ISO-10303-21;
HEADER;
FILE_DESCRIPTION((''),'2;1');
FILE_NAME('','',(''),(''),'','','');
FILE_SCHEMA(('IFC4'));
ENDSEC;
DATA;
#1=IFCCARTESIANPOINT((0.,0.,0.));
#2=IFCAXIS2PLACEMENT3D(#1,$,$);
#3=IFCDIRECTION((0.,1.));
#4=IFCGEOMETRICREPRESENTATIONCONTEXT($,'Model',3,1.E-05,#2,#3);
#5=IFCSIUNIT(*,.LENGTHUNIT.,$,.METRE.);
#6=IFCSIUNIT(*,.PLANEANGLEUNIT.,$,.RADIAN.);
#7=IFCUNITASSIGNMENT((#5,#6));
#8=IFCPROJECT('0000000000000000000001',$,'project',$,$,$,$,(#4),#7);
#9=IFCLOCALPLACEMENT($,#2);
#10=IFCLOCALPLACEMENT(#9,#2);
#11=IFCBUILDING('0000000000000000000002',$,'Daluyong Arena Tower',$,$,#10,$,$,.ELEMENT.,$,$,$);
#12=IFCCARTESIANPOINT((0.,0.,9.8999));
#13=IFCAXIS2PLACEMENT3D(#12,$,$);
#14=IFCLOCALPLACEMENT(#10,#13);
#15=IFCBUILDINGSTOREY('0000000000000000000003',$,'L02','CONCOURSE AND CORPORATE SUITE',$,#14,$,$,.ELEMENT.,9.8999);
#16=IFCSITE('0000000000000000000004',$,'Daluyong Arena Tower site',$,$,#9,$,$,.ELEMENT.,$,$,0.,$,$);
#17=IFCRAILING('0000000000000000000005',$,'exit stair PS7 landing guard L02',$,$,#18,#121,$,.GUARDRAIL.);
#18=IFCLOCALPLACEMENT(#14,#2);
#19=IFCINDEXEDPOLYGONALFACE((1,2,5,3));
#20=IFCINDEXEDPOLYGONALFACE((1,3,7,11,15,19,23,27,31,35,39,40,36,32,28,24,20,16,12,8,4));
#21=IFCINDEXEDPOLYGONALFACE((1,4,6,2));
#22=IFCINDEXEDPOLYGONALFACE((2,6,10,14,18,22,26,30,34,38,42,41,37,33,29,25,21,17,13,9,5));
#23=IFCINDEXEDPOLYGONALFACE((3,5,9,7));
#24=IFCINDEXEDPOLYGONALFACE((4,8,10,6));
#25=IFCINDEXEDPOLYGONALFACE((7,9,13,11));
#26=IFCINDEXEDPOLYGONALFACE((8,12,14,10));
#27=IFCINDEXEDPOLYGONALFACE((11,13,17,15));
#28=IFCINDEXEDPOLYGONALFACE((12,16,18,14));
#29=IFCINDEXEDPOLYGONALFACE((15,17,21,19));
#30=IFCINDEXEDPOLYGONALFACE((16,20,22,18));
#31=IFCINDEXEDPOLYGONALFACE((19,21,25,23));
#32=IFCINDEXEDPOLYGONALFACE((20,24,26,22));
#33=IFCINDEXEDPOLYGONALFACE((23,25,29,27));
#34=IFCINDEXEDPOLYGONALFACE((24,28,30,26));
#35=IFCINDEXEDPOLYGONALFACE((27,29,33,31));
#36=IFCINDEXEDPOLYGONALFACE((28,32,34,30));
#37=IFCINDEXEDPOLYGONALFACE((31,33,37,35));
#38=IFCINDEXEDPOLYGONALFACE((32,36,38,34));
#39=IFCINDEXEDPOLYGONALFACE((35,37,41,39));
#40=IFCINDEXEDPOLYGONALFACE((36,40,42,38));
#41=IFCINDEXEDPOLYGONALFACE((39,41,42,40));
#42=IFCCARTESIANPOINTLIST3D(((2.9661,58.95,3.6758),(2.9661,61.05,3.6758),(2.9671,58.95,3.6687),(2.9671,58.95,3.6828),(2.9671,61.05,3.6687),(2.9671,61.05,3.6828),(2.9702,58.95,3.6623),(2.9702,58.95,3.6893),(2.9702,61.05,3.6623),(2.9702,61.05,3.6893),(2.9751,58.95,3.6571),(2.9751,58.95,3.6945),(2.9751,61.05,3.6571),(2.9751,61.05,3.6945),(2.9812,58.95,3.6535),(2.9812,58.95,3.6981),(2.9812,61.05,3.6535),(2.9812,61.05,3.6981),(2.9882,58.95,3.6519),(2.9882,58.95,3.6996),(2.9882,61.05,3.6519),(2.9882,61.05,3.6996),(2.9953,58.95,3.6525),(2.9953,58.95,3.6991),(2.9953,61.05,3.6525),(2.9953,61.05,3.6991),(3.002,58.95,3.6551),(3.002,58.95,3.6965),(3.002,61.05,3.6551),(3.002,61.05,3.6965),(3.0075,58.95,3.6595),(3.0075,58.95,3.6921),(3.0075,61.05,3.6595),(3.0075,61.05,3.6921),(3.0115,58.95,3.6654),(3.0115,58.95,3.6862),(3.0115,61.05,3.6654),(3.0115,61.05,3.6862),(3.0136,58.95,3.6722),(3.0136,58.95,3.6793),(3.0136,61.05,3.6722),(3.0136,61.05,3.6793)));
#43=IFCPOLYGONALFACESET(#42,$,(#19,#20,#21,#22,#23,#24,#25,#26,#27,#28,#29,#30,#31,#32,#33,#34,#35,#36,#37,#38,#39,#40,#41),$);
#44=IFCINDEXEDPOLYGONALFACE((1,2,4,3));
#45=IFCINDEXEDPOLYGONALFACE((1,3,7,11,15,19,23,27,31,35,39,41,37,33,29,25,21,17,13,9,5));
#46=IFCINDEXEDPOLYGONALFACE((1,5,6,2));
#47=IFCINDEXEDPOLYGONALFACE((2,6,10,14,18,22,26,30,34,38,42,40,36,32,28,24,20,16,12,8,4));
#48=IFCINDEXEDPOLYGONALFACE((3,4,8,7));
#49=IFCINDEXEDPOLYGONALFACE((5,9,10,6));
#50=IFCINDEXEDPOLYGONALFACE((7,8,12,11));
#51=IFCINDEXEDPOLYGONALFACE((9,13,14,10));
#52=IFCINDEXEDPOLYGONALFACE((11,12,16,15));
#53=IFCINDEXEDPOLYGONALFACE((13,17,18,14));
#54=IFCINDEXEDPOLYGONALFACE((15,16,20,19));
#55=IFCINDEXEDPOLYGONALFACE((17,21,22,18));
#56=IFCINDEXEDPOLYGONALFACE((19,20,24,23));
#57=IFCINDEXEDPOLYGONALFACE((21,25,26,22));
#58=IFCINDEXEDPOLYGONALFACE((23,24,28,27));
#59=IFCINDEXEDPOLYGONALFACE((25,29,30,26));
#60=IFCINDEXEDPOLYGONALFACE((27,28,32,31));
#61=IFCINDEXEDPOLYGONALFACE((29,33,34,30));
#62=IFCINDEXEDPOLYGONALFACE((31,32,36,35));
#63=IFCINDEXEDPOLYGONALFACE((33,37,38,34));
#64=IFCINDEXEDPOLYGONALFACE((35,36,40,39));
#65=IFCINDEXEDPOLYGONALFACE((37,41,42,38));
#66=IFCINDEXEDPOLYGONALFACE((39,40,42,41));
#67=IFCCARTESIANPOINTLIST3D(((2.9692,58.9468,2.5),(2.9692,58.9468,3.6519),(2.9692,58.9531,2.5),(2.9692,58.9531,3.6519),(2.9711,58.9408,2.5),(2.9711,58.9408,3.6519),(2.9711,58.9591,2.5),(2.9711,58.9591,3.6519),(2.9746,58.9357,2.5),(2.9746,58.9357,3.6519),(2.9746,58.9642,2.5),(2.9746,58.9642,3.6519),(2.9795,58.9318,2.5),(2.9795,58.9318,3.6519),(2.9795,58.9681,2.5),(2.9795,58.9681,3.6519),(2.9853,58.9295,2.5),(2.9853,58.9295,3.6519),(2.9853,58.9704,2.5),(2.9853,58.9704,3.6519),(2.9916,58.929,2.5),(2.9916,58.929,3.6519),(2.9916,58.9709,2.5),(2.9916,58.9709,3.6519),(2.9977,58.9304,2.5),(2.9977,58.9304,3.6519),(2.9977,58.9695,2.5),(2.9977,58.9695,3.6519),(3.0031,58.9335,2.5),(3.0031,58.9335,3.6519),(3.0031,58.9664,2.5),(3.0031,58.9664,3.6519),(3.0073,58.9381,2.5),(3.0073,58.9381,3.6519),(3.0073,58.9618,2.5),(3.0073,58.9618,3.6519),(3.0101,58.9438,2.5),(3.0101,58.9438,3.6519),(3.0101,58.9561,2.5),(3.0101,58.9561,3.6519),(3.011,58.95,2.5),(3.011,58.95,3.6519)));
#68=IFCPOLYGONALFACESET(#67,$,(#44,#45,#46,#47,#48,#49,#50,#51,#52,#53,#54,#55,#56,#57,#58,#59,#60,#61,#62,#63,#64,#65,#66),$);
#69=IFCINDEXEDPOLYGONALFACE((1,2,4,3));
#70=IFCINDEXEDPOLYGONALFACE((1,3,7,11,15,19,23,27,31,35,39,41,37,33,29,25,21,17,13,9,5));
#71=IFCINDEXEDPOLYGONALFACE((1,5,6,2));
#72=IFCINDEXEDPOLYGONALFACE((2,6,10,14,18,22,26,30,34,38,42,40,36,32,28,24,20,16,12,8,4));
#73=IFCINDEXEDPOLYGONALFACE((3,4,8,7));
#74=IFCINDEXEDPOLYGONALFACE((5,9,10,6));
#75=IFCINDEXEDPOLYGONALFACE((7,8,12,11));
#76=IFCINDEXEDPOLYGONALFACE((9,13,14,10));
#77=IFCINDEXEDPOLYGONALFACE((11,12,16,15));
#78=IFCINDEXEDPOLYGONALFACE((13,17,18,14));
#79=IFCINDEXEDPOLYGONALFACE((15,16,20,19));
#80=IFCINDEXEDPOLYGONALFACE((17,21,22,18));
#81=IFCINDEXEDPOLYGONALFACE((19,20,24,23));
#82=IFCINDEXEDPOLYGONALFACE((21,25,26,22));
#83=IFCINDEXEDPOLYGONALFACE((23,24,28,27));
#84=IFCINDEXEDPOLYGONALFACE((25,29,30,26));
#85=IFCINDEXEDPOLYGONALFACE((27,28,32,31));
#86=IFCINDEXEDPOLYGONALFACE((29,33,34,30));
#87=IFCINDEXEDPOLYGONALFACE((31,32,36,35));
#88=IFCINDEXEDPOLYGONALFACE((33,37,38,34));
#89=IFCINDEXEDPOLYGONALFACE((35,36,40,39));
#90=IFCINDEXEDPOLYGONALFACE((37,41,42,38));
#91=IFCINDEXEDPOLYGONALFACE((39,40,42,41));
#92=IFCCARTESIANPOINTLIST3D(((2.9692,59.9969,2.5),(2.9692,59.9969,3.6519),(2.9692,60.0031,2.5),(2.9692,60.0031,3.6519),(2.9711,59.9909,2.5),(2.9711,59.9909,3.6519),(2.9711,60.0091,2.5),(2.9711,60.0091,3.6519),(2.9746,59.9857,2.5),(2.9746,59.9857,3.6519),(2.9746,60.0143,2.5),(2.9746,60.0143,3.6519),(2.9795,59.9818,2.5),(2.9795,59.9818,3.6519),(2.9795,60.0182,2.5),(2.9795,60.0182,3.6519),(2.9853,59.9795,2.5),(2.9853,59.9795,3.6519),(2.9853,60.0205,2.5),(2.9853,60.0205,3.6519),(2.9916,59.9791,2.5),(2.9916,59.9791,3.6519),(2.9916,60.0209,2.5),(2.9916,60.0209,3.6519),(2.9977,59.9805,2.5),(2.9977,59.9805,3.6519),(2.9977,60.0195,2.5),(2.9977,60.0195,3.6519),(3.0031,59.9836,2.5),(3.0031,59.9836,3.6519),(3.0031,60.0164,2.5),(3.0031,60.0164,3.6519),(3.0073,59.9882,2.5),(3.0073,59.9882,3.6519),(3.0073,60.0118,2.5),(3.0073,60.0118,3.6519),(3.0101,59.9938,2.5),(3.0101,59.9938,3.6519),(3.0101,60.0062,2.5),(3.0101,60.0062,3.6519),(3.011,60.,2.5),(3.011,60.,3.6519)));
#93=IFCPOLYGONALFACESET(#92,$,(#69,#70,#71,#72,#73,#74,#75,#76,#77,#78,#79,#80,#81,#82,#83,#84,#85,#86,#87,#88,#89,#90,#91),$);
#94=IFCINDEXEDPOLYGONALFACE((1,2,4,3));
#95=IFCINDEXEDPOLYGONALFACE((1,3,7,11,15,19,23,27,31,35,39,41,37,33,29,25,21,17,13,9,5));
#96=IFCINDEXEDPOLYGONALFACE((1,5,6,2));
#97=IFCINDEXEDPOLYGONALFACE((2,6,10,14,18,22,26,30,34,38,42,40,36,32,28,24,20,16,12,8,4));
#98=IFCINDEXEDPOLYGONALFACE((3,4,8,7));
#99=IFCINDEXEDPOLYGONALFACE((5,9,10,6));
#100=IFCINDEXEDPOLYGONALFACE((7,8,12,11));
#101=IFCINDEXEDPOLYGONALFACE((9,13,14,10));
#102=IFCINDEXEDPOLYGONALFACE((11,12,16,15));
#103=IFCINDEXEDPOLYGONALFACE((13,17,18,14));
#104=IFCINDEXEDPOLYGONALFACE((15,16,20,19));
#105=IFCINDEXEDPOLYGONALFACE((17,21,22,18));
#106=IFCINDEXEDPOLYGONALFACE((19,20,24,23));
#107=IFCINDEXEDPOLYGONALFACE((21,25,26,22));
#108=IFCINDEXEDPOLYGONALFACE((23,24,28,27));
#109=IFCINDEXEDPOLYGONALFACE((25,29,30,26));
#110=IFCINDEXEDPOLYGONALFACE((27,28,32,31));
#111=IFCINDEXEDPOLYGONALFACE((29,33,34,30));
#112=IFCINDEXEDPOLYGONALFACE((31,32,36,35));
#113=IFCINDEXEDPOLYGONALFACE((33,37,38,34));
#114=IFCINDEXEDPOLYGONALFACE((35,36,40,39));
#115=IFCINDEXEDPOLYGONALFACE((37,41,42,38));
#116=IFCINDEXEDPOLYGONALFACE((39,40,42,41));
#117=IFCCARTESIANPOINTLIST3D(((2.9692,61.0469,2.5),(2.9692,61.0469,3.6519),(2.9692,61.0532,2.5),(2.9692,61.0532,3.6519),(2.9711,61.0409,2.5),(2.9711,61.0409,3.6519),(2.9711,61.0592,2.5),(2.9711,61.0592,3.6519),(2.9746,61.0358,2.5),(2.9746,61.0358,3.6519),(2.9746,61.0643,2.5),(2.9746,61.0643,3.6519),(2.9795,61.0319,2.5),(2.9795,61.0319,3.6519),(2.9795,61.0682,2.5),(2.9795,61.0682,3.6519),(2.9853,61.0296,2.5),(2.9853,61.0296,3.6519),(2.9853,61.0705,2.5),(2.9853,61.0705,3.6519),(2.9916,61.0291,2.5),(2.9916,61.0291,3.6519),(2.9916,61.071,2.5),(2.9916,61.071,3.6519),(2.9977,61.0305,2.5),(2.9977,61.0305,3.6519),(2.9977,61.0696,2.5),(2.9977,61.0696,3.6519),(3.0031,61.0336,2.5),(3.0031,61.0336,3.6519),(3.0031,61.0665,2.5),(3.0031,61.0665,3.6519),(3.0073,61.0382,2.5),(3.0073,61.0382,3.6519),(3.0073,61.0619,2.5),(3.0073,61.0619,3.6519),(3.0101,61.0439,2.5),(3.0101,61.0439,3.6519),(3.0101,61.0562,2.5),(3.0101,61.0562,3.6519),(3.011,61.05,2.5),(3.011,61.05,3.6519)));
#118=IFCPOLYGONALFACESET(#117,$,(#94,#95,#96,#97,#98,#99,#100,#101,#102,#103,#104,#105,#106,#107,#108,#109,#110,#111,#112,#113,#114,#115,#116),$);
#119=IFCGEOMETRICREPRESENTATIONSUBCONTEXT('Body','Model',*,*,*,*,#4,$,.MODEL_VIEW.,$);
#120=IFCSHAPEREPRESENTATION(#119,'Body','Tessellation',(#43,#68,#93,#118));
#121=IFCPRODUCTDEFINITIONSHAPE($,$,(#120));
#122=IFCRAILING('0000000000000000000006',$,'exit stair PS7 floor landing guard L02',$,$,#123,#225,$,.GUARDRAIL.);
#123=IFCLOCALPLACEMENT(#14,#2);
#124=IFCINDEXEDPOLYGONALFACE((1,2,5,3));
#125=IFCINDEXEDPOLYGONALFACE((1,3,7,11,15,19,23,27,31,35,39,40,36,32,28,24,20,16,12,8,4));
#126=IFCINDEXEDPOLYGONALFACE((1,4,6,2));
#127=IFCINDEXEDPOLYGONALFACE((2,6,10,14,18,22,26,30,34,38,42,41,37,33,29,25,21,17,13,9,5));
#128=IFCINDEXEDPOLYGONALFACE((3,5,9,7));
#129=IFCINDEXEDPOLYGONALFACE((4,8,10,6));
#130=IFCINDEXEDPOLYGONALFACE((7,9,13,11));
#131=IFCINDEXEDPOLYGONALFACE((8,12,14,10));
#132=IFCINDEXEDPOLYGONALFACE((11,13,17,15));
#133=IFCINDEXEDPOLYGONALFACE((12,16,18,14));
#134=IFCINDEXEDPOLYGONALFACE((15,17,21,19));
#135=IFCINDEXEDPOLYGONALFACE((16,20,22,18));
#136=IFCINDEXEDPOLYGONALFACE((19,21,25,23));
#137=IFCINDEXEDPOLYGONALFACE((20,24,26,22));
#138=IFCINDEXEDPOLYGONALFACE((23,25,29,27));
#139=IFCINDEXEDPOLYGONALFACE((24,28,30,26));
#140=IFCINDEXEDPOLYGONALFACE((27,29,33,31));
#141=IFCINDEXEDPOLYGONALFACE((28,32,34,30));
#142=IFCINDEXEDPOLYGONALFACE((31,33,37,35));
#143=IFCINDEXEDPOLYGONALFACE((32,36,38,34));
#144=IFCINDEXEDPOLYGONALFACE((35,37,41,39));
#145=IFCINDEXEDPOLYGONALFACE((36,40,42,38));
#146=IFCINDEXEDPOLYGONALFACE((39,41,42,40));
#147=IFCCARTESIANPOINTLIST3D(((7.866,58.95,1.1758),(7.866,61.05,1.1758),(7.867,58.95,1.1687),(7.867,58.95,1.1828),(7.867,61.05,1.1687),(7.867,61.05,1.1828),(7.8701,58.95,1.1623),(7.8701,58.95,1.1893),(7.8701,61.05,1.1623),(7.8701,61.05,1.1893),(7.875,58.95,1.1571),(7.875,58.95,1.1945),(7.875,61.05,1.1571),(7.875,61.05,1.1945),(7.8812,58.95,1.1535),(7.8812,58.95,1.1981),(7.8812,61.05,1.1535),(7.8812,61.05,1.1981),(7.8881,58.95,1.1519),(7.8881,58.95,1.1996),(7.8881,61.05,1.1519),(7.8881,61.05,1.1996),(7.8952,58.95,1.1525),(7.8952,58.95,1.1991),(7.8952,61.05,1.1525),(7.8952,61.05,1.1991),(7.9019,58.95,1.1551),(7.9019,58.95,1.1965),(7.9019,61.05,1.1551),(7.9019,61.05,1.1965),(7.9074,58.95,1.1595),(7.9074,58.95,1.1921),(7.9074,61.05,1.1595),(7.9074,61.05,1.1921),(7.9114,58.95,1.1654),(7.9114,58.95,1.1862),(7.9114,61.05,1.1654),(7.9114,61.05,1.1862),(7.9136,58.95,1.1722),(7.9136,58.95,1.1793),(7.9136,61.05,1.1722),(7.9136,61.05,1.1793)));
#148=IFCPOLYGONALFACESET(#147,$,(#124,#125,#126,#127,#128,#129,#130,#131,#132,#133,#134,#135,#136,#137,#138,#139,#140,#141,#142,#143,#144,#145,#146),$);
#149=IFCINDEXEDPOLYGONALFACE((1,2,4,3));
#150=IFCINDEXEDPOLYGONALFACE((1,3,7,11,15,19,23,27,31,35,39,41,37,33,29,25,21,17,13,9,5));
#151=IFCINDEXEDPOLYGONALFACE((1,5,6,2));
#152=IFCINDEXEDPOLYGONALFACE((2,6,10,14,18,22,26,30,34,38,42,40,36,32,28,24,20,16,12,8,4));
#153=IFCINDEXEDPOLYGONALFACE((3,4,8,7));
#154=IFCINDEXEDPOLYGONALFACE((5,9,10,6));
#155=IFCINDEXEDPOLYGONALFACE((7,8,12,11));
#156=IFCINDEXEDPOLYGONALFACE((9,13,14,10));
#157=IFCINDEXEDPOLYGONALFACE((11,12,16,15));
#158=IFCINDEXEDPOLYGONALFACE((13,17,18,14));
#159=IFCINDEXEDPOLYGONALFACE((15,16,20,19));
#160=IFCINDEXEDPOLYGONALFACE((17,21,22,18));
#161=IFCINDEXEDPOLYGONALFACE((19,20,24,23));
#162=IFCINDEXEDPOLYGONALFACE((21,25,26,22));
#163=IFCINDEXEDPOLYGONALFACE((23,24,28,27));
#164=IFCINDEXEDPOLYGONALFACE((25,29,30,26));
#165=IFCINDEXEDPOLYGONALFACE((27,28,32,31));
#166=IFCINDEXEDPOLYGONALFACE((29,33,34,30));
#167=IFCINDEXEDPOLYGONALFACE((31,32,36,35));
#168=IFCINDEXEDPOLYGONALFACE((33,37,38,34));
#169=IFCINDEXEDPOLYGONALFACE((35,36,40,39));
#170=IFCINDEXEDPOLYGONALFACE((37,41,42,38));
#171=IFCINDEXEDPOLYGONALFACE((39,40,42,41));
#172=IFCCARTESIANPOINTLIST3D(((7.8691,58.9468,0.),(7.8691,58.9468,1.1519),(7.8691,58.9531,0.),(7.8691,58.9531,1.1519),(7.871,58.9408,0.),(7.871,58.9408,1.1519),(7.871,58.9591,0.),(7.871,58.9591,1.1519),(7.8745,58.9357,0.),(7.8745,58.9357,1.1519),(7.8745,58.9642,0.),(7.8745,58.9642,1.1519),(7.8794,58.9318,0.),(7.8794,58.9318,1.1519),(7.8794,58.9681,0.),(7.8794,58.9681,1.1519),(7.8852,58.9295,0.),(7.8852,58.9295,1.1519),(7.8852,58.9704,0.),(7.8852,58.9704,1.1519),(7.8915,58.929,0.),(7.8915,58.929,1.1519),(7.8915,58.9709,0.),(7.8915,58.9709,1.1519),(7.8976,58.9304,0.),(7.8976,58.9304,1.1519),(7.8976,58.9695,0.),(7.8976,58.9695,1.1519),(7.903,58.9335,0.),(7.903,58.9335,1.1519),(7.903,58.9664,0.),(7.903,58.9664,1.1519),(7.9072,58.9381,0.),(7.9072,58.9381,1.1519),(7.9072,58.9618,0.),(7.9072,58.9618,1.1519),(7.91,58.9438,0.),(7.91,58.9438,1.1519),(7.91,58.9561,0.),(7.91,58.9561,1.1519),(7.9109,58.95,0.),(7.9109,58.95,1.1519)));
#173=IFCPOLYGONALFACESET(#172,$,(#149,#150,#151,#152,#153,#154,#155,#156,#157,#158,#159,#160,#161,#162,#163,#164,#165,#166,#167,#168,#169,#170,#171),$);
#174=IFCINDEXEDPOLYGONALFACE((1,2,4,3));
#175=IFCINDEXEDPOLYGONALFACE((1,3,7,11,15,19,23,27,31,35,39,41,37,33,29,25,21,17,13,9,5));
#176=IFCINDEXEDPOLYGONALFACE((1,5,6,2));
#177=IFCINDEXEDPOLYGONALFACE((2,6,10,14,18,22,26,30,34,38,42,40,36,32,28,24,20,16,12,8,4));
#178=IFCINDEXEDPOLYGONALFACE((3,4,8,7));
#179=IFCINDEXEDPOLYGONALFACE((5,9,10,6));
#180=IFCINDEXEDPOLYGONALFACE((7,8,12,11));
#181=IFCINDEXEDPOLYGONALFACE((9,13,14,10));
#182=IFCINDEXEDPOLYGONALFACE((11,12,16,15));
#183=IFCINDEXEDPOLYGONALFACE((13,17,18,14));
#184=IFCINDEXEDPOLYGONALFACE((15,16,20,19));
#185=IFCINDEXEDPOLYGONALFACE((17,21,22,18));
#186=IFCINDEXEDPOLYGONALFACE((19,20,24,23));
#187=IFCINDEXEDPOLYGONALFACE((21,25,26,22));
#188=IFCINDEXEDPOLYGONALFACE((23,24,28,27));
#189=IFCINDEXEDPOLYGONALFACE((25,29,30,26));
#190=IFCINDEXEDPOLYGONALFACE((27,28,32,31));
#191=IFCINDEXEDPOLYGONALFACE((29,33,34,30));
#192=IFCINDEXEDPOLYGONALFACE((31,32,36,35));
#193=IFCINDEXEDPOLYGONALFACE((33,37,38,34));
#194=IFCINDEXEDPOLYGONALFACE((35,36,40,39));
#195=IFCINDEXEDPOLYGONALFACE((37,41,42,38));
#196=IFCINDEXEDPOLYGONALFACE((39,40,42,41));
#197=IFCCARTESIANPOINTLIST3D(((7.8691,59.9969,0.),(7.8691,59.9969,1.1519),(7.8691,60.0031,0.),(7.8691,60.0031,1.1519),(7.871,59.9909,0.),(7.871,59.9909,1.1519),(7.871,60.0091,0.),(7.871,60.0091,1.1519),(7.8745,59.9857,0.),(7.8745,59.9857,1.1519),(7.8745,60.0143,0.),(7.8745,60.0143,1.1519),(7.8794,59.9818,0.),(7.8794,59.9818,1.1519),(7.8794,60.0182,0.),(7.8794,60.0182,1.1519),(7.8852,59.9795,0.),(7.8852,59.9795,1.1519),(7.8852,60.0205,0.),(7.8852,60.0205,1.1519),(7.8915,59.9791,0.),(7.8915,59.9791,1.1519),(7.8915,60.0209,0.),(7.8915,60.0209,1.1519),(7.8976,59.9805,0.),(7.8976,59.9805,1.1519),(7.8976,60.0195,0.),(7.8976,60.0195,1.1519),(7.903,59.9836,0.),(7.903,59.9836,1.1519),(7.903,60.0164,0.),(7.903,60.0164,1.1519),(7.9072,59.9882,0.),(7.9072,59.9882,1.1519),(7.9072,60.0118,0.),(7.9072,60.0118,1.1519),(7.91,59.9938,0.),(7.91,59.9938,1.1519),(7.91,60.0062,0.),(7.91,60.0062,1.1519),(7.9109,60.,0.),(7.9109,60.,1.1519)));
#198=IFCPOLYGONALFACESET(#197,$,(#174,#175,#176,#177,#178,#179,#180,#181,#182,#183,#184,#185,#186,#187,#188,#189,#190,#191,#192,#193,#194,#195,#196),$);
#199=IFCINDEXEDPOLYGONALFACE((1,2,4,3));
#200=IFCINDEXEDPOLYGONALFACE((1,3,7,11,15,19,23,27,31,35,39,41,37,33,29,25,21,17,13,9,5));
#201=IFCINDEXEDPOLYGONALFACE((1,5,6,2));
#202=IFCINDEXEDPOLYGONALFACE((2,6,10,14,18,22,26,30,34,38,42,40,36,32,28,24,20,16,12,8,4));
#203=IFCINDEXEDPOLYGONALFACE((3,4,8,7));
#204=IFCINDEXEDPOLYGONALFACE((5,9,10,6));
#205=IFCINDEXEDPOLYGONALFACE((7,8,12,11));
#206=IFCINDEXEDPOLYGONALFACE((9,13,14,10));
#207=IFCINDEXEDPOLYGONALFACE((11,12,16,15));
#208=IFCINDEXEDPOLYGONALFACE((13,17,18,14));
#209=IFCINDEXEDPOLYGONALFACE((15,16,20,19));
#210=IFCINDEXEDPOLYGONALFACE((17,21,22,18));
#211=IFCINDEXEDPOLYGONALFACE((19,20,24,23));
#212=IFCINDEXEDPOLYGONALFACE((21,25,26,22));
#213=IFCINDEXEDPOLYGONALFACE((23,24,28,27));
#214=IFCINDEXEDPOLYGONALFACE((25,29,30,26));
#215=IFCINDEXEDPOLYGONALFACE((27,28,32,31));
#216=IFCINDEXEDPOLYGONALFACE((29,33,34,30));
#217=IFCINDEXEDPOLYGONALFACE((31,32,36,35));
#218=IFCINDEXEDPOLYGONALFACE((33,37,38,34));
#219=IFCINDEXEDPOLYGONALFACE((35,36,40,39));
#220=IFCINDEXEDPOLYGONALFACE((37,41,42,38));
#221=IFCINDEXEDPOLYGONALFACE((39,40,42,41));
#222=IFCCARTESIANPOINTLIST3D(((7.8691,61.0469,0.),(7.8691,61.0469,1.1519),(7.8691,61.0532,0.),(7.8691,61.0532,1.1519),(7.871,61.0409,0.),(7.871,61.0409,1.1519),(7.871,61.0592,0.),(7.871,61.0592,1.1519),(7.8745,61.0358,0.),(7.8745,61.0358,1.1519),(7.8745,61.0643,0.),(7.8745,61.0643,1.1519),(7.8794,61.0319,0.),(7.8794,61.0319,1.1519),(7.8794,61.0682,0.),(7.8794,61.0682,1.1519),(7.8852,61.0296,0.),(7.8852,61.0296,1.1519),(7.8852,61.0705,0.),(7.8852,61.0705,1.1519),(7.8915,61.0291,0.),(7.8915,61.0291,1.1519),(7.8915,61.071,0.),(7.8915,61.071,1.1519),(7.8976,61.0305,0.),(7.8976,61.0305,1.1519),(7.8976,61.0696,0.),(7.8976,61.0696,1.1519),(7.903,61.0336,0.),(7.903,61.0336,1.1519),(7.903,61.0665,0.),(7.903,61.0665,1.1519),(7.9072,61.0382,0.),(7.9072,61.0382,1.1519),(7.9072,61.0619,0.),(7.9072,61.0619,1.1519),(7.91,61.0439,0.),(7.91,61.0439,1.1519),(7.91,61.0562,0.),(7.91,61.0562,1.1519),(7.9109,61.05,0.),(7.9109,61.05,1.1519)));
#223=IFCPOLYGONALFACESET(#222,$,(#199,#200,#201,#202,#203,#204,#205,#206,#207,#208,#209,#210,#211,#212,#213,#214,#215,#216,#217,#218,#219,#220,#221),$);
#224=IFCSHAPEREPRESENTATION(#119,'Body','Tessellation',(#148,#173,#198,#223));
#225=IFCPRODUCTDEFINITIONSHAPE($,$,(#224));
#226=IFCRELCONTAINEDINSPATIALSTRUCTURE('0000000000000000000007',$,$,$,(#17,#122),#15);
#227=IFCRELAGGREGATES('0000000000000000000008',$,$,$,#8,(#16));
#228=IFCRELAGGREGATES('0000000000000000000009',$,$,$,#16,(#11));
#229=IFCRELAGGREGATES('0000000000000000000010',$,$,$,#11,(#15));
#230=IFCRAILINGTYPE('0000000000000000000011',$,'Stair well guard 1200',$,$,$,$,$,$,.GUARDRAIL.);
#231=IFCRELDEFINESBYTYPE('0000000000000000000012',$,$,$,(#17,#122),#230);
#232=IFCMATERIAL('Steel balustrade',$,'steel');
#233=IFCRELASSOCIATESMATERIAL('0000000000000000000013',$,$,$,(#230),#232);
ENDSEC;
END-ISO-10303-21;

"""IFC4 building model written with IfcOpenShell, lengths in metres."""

from ifc_helpers import new_model, si_unit, direction, frame, origin, origin_2d, place, context, subcontext, project, spatial, circle, extrude, material, type_object, element, save


model = new_model("IFC4")

# Units and contexts
model_context = context("Model", 3, precision=1e-05, world=origin(), true_north=direction((0.0, 1.0)))
body_context = subcontext(model_context, "Body", "Model", "MODEL_VIEW")
ifc_project = project(units=[si_unit("LENGTHUNIT", "METRE"), si_unit("PLANEANGLEUNIT", "RADIAN")], contexts=[model_context])

# Site, building, storey
site_placement = place(None, origin())
site = spatial("IfcSite", under=ifc_project, at=site_placement, Name="Daluyong Arena Tower site", CompositionType="ELEMENT", RefElevation=0.0)
building_placement = place(site_placement, origin())
building = spatial("IfcBuilding", under=site, at=building_placement, Name="Daluyong Arena Tower", CompositionType="ELEMENT")
storey_placement = place(building_placement, frame((0.0, 0.0, 9.8999)))
storey = spatial("IfcBuildingStorey", under=building, at=storey_placement, Name="L02", Description="CONCOURSE AND CORPORATE SUITE", CompositionType="ELEMENT", Elevation=9.8999)

# Railings
ifc_material_1 = material(Name="Steel balustrade", Category="steel")
railing_type_1 = type_object("IfcRailingType", Name="Stair well guard 1200", PredefinedType="GUARDRAIL", material=ifc_material_1)
for number, where, name in (
    (1, (2.99, 58.95, 2.5), "exit stair PS7 landing guard L02"),
    (2, (7.8899, 58.95, 0.0), "exit stair PS7 floor landing guard L02"),
):
    element("IfcRailing", number, at=place(storey_placement, frame(where)), inside=storey, type_object=railing_type_1, Name=name, PredefinedType="GUARDRAIL", context=body_context, shape_type="SweptSolid", body=[
        extrude(circle(Radius=0.0239, at=origin_2d()), frame((0.0, 0.0, 1.1758), z_axis=(0.0, 1.0, 0.0), x_axis=(-1.0, 0.0, 0.0)), (0.0, 0.0, 1.0), 2.1001),
        extrude(circle(Radius=0.021, at=origin_2d()), origin(), (0.0, 0.0, 1.0), 1.1519),
        extrude(circle(Radius=0.021, at=origin_2d()), frame((0.0, 1.05, 0.0)), (0.0, 0.0, 1.0), 1.1519),
        extrude(circle(Radius=0.021, at=origin_2d()), frame((0.0, 2.1001, 0.0)), (0.0, 0.0, 1.0), 1.1519),
    ])

save(model, "model.ifc")
